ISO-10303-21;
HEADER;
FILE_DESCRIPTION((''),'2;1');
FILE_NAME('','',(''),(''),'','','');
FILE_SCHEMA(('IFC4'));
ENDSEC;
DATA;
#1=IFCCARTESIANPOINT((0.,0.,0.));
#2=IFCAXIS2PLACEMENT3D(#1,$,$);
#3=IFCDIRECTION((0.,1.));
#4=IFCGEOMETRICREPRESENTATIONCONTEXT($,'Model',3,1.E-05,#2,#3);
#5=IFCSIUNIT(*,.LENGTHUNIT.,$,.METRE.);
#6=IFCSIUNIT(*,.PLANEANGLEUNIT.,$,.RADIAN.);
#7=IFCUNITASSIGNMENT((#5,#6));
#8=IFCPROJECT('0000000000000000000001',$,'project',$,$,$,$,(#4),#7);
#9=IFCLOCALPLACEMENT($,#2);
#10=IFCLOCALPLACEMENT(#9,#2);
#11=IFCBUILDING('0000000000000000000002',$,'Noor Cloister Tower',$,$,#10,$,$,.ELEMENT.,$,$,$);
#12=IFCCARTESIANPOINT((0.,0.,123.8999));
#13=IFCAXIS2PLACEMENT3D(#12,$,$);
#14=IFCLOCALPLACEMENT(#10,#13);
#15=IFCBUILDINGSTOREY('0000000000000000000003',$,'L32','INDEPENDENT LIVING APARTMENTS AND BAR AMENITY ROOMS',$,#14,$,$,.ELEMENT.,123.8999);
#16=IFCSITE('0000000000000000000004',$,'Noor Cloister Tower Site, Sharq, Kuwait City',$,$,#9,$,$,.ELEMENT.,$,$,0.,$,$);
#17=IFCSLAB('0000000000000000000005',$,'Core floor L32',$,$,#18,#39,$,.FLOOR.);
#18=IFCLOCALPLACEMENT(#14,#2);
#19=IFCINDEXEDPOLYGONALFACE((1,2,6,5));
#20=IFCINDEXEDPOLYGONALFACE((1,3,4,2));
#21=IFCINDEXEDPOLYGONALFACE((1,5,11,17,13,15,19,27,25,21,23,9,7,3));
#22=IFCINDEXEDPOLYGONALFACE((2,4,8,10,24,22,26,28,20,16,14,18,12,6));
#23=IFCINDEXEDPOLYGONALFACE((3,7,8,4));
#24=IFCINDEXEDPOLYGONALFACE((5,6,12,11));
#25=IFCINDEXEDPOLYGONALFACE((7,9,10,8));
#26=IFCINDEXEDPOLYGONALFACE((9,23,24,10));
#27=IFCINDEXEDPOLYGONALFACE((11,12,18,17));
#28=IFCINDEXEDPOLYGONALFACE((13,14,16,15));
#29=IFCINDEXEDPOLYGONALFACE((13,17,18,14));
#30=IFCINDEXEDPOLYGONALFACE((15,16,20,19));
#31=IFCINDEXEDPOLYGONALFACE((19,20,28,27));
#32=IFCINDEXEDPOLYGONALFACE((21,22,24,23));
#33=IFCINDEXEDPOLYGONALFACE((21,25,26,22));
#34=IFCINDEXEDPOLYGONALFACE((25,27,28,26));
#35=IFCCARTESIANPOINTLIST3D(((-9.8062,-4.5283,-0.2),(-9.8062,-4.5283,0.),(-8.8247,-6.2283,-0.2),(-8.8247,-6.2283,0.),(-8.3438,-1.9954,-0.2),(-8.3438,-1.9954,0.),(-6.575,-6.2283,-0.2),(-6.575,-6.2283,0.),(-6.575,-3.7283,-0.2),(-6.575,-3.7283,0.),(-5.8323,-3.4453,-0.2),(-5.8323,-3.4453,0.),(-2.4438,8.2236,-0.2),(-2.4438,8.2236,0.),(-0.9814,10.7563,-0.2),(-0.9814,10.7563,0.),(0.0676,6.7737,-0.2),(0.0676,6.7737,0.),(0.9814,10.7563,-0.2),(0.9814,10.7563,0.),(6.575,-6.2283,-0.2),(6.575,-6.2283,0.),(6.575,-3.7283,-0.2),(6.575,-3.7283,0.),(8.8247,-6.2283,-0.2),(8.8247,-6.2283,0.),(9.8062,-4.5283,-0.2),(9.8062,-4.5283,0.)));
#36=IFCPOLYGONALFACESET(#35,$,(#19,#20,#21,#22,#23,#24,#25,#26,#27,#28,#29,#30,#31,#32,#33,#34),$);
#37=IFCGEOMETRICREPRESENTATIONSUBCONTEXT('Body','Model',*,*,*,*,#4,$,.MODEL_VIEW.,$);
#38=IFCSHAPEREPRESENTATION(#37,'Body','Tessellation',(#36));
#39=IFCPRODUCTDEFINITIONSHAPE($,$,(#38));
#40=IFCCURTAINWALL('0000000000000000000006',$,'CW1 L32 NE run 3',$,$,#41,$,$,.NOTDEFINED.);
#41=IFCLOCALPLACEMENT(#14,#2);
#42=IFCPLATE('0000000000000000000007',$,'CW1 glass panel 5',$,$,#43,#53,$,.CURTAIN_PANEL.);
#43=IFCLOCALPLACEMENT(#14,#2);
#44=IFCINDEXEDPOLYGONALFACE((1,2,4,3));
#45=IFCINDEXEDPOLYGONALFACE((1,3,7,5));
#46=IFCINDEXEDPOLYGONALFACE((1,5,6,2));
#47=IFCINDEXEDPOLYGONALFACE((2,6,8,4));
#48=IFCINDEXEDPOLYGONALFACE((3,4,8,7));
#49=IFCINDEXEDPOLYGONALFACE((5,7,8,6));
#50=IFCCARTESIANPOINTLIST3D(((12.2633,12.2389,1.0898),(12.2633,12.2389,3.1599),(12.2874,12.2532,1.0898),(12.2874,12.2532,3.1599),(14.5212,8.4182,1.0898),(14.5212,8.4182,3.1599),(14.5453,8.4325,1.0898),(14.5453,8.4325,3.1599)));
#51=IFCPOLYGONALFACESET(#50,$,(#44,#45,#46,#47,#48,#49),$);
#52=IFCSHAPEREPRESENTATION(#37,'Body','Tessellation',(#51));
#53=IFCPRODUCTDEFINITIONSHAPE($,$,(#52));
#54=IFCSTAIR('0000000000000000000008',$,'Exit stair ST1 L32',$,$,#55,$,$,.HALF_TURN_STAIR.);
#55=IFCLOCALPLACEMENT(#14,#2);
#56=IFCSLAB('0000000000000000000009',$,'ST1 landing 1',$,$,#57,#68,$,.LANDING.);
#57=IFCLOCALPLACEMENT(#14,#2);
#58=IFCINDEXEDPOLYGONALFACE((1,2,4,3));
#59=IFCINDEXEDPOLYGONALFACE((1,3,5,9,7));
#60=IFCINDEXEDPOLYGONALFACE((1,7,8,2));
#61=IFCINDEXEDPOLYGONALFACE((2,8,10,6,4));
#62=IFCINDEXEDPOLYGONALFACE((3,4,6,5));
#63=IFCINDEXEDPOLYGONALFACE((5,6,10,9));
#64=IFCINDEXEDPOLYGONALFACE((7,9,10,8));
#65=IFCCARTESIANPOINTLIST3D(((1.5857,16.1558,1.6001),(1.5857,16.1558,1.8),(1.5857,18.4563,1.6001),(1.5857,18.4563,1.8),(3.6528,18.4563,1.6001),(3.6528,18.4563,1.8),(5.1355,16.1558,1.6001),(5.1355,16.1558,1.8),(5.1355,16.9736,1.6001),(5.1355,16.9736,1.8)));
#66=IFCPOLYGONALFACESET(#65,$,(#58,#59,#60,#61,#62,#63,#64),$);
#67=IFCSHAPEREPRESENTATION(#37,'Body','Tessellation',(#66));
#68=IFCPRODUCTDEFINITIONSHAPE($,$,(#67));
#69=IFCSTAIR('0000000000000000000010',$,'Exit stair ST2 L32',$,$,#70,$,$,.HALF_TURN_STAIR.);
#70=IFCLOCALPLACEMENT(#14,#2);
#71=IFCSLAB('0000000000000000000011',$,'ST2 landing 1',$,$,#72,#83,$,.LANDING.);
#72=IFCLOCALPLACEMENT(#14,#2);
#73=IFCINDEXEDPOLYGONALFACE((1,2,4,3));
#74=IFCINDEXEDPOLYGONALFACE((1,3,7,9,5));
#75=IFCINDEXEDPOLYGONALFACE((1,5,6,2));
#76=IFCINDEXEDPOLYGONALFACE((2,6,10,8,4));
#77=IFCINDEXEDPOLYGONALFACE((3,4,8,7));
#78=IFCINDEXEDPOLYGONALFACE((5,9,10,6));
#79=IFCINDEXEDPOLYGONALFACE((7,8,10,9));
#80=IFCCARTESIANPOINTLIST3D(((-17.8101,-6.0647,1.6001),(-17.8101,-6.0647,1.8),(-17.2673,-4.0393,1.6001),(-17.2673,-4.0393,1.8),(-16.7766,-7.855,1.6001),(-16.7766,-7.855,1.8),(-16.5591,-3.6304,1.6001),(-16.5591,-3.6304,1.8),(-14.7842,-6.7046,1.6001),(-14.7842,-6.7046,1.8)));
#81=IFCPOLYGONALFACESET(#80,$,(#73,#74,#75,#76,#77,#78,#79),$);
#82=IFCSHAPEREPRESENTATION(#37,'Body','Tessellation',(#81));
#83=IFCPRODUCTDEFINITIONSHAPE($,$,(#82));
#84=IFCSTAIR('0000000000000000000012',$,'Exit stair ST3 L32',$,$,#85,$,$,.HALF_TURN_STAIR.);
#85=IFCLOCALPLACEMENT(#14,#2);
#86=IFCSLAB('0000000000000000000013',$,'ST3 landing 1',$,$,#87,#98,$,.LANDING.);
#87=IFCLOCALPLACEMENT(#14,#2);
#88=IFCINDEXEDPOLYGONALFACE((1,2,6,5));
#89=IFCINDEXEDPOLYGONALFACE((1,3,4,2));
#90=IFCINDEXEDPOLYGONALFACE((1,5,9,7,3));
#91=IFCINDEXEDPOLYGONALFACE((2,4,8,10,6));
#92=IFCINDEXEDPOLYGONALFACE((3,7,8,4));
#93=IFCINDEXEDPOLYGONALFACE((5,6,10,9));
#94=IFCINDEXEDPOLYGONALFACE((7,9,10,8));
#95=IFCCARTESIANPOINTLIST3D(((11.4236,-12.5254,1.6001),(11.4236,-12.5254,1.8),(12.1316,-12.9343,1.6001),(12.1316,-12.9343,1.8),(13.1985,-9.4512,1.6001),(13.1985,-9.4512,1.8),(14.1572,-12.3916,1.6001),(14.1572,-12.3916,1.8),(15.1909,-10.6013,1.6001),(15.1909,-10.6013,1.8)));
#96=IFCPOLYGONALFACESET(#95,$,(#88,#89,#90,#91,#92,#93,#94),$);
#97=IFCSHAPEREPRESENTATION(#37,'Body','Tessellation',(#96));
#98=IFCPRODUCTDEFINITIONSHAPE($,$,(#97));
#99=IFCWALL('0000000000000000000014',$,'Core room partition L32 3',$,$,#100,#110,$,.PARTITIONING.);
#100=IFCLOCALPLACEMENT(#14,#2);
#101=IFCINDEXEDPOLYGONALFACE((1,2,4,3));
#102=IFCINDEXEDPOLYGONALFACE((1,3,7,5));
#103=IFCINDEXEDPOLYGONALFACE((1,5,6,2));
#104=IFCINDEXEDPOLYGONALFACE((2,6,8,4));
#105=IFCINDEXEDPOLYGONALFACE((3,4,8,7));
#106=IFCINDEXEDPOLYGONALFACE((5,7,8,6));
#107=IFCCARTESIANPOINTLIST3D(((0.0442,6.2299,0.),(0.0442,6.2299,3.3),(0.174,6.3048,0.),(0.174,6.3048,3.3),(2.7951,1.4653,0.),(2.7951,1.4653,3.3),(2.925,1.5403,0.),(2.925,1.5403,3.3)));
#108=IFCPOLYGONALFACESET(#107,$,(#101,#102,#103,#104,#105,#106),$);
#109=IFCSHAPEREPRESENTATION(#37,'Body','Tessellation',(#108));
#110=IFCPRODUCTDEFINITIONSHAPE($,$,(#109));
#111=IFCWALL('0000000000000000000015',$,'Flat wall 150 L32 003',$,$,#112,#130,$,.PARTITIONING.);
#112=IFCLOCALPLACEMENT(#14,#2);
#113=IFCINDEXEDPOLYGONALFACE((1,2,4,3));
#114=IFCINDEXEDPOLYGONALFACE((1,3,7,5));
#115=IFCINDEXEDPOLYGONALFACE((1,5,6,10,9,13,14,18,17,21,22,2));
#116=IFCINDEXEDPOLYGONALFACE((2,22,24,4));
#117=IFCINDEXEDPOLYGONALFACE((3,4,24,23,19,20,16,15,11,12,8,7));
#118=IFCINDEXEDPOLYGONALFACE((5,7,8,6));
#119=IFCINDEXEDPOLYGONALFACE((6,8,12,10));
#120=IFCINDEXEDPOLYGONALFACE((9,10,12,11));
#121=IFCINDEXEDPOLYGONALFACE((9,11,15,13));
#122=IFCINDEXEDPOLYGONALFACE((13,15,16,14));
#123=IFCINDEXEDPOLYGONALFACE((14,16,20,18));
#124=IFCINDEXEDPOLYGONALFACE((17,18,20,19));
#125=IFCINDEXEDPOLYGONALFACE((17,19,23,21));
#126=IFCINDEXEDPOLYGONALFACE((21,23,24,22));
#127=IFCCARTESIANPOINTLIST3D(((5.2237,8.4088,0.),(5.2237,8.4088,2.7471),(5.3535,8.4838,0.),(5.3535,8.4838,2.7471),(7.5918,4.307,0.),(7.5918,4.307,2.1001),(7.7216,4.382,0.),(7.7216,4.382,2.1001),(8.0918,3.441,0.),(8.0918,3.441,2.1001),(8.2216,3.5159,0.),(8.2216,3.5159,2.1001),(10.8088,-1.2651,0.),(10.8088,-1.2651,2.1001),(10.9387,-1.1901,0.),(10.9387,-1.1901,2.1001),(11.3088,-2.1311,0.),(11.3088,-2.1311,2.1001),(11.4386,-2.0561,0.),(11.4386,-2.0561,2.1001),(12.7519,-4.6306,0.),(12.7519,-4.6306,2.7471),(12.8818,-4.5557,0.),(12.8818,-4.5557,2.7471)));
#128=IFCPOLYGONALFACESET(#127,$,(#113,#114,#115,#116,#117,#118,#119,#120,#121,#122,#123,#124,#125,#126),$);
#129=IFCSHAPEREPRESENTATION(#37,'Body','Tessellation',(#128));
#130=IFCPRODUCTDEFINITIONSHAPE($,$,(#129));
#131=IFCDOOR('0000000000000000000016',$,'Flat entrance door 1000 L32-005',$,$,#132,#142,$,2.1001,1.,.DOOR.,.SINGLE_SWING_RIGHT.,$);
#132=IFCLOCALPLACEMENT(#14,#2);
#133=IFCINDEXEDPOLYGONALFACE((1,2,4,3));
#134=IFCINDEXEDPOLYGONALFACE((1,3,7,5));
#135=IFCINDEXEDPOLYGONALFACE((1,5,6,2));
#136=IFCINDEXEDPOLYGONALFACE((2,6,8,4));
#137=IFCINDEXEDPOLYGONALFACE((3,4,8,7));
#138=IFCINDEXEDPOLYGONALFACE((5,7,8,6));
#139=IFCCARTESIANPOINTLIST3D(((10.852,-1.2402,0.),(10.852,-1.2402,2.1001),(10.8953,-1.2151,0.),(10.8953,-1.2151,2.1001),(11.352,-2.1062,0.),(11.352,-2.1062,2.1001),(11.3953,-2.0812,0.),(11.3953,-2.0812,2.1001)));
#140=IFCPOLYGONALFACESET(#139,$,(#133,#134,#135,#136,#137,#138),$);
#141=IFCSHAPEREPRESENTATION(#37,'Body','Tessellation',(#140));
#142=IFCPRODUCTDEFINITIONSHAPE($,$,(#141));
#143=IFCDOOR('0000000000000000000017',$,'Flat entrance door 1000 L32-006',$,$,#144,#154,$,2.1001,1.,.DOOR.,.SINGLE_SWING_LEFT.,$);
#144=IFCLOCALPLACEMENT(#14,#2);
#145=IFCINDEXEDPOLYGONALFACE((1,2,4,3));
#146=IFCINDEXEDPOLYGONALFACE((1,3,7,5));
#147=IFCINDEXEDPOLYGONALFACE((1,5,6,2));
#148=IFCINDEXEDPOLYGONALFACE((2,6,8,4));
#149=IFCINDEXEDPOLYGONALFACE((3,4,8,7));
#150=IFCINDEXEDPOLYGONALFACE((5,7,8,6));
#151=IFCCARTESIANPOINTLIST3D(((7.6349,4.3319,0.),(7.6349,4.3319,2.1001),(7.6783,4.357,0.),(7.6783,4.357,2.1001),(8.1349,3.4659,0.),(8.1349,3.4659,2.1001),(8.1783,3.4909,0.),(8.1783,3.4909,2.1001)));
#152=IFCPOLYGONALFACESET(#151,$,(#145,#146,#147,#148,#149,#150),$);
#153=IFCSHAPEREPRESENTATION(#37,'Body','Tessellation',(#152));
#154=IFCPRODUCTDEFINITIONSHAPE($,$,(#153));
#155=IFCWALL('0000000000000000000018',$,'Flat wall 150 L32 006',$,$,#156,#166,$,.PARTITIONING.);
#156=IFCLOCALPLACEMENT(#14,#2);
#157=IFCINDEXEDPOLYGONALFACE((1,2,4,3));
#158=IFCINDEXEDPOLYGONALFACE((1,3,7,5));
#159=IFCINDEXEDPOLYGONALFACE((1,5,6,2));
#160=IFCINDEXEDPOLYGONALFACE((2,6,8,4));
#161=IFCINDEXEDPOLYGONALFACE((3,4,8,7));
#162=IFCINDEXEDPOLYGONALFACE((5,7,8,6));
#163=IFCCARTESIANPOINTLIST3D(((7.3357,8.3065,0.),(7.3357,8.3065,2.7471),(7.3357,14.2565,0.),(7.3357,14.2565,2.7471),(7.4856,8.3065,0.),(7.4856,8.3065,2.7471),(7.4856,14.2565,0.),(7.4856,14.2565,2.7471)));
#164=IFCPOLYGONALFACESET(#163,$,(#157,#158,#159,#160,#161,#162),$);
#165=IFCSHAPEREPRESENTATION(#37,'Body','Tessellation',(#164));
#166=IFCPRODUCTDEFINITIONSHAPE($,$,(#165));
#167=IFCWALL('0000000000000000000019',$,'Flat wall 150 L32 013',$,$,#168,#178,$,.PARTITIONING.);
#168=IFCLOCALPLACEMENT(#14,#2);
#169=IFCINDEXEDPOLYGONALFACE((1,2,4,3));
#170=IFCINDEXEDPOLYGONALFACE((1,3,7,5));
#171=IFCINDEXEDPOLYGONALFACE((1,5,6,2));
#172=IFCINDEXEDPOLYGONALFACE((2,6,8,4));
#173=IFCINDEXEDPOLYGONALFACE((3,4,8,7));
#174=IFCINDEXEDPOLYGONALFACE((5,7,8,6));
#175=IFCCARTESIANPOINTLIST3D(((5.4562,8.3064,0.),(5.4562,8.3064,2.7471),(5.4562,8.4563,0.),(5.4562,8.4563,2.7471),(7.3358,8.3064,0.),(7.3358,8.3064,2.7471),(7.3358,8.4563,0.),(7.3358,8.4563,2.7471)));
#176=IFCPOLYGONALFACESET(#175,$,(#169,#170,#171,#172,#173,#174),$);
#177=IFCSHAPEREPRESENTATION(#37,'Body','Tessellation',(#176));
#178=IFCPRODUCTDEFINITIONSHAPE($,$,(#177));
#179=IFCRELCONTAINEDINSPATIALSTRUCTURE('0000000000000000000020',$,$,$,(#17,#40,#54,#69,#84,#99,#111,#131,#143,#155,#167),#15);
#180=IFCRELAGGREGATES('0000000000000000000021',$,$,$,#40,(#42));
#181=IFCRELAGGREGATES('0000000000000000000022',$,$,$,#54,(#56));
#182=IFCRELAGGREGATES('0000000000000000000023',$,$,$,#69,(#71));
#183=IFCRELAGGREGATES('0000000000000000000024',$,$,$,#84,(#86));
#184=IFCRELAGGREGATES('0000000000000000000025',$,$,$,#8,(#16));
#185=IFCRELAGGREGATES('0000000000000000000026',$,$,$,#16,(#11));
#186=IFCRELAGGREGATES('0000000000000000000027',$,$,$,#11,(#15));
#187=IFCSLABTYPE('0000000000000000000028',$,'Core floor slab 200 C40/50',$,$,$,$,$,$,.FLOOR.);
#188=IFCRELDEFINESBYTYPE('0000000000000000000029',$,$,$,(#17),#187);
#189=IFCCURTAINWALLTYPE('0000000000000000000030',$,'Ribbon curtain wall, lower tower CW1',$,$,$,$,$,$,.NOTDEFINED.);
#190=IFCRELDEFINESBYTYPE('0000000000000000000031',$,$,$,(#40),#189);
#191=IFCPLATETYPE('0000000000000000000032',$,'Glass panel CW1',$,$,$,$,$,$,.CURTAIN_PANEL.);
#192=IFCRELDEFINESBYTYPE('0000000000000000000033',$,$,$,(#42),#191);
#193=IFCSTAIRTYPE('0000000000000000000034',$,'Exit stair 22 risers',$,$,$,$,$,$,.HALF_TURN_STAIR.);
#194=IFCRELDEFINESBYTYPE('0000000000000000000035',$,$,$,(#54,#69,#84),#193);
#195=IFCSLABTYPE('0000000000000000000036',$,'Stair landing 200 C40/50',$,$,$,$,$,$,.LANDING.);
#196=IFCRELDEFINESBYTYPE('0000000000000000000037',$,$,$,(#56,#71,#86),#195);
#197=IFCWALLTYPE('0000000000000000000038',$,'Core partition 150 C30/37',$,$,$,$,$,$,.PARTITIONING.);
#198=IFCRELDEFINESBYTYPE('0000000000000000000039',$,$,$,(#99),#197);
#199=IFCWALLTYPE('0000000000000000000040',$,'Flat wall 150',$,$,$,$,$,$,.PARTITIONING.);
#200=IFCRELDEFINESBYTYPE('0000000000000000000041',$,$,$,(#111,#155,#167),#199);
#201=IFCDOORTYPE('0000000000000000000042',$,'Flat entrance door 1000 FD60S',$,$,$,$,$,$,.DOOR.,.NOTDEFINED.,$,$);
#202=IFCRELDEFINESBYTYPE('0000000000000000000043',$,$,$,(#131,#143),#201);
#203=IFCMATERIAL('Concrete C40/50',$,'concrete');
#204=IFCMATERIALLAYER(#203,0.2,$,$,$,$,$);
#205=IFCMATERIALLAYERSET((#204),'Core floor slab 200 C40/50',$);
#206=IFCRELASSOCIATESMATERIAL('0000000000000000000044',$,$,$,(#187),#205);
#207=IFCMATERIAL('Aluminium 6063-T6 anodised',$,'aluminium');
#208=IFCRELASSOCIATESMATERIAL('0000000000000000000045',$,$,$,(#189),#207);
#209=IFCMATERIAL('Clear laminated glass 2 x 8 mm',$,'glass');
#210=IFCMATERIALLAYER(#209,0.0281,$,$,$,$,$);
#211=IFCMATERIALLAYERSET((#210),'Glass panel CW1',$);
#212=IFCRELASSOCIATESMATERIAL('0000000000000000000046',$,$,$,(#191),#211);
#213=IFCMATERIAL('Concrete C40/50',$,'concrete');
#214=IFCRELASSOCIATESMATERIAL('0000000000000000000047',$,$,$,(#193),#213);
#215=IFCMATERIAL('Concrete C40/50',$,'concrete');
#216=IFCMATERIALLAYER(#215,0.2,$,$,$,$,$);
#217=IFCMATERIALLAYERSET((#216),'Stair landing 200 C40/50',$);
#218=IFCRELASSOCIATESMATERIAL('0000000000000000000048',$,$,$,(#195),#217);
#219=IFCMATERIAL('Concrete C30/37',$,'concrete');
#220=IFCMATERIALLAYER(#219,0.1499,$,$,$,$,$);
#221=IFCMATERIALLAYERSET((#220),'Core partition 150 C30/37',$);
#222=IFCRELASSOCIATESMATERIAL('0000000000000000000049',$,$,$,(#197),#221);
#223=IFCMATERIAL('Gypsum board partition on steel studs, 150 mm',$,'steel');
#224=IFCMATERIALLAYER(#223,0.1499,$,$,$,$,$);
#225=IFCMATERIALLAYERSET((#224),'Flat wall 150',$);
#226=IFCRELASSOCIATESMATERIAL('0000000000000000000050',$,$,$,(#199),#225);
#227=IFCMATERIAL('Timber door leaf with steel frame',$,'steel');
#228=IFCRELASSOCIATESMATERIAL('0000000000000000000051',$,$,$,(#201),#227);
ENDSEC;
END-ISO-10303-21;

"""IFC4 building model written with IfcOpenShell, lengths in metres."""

from ifc_helpers import new_model, si_unit, direction, frame, frame_2d, origin, origin_2d, place, context, subcontext, project, spatial, polyline, rectangle, outline, extrude, material, layer, layer_set, type_object, element, fill, aggregate, save


model = new_model("IFC4")

# Units and contexts
model_context = context("Model", 3, precision=1e-05, world=origin(), true_north=direction((0.0, 1.0)))
body_context = subcontext(model_context, "Body", "Model", "MODEL_VIEW")
ifc_project = project(units=[si_unit("LENGTHUNIT", "METRE"), si_unit("PLANEANGLEUNIT", "RADIAN")], contexts=[model_context])

# Site, building, storey
site_placement = place(None, origin())
site = spatial("IfcSite", under=ifc_project, at=site_placement, Name="Noor Cloister Tower Site, Sharq, Kuwait City", CompositionType="ELEMENT", RefElevation=0.0)
building_placement = place(site_placement, origin())
building = spatial("IfcBuilding", under=site, at=building_placement, Name="Noor Cloister Tower", CompositionType="ELEMENT")
storey_placement = place(building_placement, frame((0.0, 0.0, 123.8999)))
storey = spatial("IfcBuildingStorey", under=building, at=storey_placement, Name="L32", Description="INDEPENDENT LIVING APARTMENTS AND BAR AMENITY ROOMS", CompositionType="ELEMENT", Elevation=123.8999)

# Slab
ifc_material_1 = material(Name="Concrete C40/50", Category="concrete")
ifc_layer_1 = layer(ifc_material_1, 0.2)
ifc_layer_set_1 = layer_set([ifc_layer_1], Name="Core floor slab 200 C40/50")
slab_type_1 = type_object("IfcSlabType", Name="Core floor slab 200 C40/50", PredefinedType="FLOOR", material=ifc_layer_set_1)
slab_1_placement = place(storey_placement, frame((0.0, 0.0, -0.2)))
element("IfcSlab", 1, at=slab_1_placement, inside=storey, type_object=slab_type_1, Name="Core floor L32", PredefinedType="FLOOR", context=body_context, shape_type="SweptSolid", body=[
    extrude(outline(polyline([(-6.575, -6.2283), (-6.575, -3.7283), (6.575, -3.7283), (6.575, -6.2283), (8.8247, -6.2283), (9.8062, -4.5283), (0.9814, 10.7563), (-0.9814, 10.7563), (-2.4438, 8.2236), (0.0676, 6.7737), (-5.8323, -3.4453), (-8.3438, -1.9954), (-9.8062, -4.5283), (-8.8247, -6.2283), (-6.575, -6.2283)])), origin(), (0.0, 0.0, 1.0), 0.2),
])

# Curtain wall, plate
ifc_material_2 = material(Name="Aluminium 6063-T6 anodised", Category="aluminium")
curtain_wall_type = type_object("IfcCurtainWallType", Name="Ribbon curtain wall, lower tower CW1", PredefinedType="NOTDEFINED", material=ifc_material_2)
curtain_wall_placement = place(storey_placement, origin())
curtain_wall = element("IfcCurtainWall", 2, at=curtain_wall_placement, inside=storey, type_object=curtain_wall_type, Name="CW1 L32 NE run 3", PredefinedType="NOTDEFINED")
ifc_material_3 = material(Name="Clear laminated glass 2 x 8 mm", Category="glass")
ifc_layer_2 = layer(ifc_material_3, 0.0281)
ifc_layer_set_2 = layer_set([ifc_layer_2], Name="Glass panel CW1")
plate_type = type_object("IfcPlateType", Name="Glass panel CW1", PredefinedType="CURTAIN_PANEL", material=ifc_layer_set_2)
plate_placement = place(storey_placement, frame((13.4043, 10.3357, 1.0898), z_axis=(0.0, 0.0, 1.0), x_axis=(-0.508762, 0.860907, 0.0)))
plate = element("IfcPlate", 3, at=plate_placement, type_object=plate_type, Name="CW1 glass panel 5", PredefinedType="CURTAIN_PANEL", context=body_context, shape_type="SweptSolid", body=[
    extrude(rectangle(XDim=4.438, YDim=0.0281, at=origin_2d()), origin(), (0.0, 0.0, 1.0), 2.0701),
])
aggregate(curtain_wall, [plate])

# Stairs, slabs
ifc_material_4 = material(Name="Concrete C40/50", Category="concrete")
stair_type = type_object("IfcStairType", Name="Exit stair 22 risers", PredefinedType="HALF_TURN_STAIR", material=ifc_material_4)
stair_1_placement = place(storey_placement, origin())
stair_1 = element("IfcStair", 4, at=stair_1_placement, inside=storey, type_object=stair_type, Name="Exit stair ST1 L32", PredefinedType="HALF_TURN_STAIR")
ifc_material_5 = material(Name="Concrete C40/50", Category="concrete")
ifc_layer_3 = layer(ifc_material_5, 0.2)
ifc_layer_set_3 = layer_set([ifc_layer_3], Name="Stair landing 200 C40/50")
slab_type_2 = type_object("IfcSlabType", Name="Stair landing 200 C40/50", PredefinedType="LANDING", material=ifc_layer_set_3)
slab_2_placement = place(storey_placement, frame((0.0, 0.0, 1.6001)))
slab_2 = element("IfcSlab", 5, at=slab_2_placement, type_object=slab_type_2, Name="ST1 landing 1", PredefinedType="LANDING", context=body_context, shape_type="SweptSolid", body=[
    extrude(outline(polyline([(5.1355, 16.1558), (5.1355, 16.9736), (3.6528, 18.4563), (1.5857, 18.4563), (1.5857, 16.1558), (5.1355, 16.1558)])), origin(), (0.0, 0.0, 1.0), 0.2),
])
aggregate(stair_1, [slab_2])
stair_2_placement = place(storey_placement, origin())
stair_2 = element("IfcStair", 6, at=stair_2_placement, inside=storey, type_object=stair_type, Name="Exit stair ST2 L32", PredefinedType="HALF_TURN_STAIR")
slab_3_placement = place(storey_placement, frame((0.0, 0.0, 1.6001)))
slab_3 = element("IfcSlab", 7, at=slab_3_placement, type_object=slab_type_2, Name="ST2 landing 1", PredefinedType="LANDING", context=body_context, shape_type="SweptSolid", body=[
    extrude(outline(polyline([(-16.5591, -3.6304), (-17.2673, -4.0393), (-17.8101, -6.0647), (-16.7766, -7.855), (-14.7842, -6.7046), (-16.5591, -3.6304)])), origin(), (0.0, 0.0, 1.0), 0.2),
])
aggregate(stair_2, [slab_3])
stair_3_placement = place(storey_placement, origin())
stair_3 = element("IfcStair", 8, at=stair_3_placement, inside=storey, type_object=stair_type, Name="Exit stair ST3 L32", PredefinedType="HALF_TURN_STAIR")
slab_4_placement = place(storey_placement, frame((0.0, 0.0, 1.6001)))
slab_4 = element("IfcSlab", 9, at=slab_4_placement, type_object=slab_type_2, Name="ST3 landing 1", PredefinedType="LANDING", context=body_context, shape_type="SweptSolid", body=[
    extrude(outline(polyline([(11.4236, -12.5254), (12.1316, -12.9343), (14.1572, -12.3916), (15.1909, -10.6013), (13.1985, -9.4512), (11.4236, -12.5254)])), origin(), (0.0, 0.0, 1.0), 0.2),
])
aggregate(stair_3, [slab_4])

# Wall
ifc_material_6 = material(Name="Concrete C30/37", Category="concrete")
ifc_layer_4 = layer(ifc_material_6, 0.1499)
ifc_layer_set_4 = layer_set([ifc_layer_4], Name="Core partition 150 C30/37")
wall_type_1 = type_object("IfcWallType", Name="Core partition 150 C30/37", PredefinedType="PARTITIONING", material=ifc_layer_set_4)
wall_1_placement = place(storey_placement, frame((2.8601, 1.5027, 0.0), z_axis=(0.0, 0.0, 1.0), x_axis=(-0.500014, 0.866017, 0.0)))
element("IfcWall", 10, at=wall_1_placement, inside=storey, type_object=wall_type_1, Name="Core room partition L32 3", PredefinedType="PARTITIONING", context=body_context, shape_type="SweptSolid", body=[
    extrude(rectangle(XDim=5.5017, YDim=0.1499, at=frame_2d((2.751, 0.0))), origin(), (0.0, 0.0, 1.0), 3.3),
])

# Wall, openings, doors
ifc_material_7 = material(Name="Gypsum board partition on steel studs, 150 mm", Category="steel")
ifc_layer_5 = layer(ifc_material_7, 0.1499)
ifc_layer_set_5 = layer_set([ifc_layer_5], Name="Flat wall 150")
wall_type_2 = type_object("IfcWallType", Name="Flat wall 150", PredefinedType="PARTITIONING", material=ifc_layer_set_5)
wall_2_placement = place(storey_placement, frame((5.2886, 8.4463, 0.0), z_axis=(0.0, 0.0, 1.0), x_axis=(0.499997, -0.866027, 0.0)))
wall_2 = element("IfcWall", 11, at=wall_2_placement, inside=storey, type_object=wall_type_2, Name="Flat wall 150 L32 003", PredefinedType="PARTITIONING", context=body_context, shape_type="SweptSolid", body=[
    extrude(rectangle(XDim=15.0566, YDim=0.1499, at=frame_2d((7.5283, 0.0))), origin(), (0.0, 0.0, 1.0), 2.7471),
])
opening_1_placement = place(wall_2_placement, frame((11.1704, 0.0, 0.0)))
opening_1 = element("IfcOpeningElement", 12, at=opening_1_placement, cuts=wall_2, PredefinedType="OPENING", context=body_context, shape_type="SweptSolid", body=[
    extrude(rectangle(XDim=1.0, YDim=2.1001, at=frame_2d((0.5, 1.05))), frame((0.0, 0.085, 0.0), z_axis=(0.0, -1.0, 0.0), x_axis=(1.0, 0.0, 0.0)), (0.0, 0.0, 1.0), 0.1699),
])
opening_2_placement = place(wall_2_placement, frame((4.7363, 0.0, 0.0)))
opening_2 = element("IfcOpeningElement", 13, at=opening_2_placement, cuts=wall_2, PredefinedType="OPENING", context=body_context, shape_type="SweptSolid", body=[
    extrude(rectangle(XDim=1.0, YDim=2.1001, at=frame_2d((0.5, 1.05))), frame((0.0, 0.085, 0.0), z_axis=(0.0, -1.0, 0.0), x_axis=(1.0, 0.0, 0.0)), (0.0, 0.0, 1.0), 0.1699),
])
ifc_material_8 = material(Name="Timber door leaf with steel frame", Category="steel")
door_type_1 = type_object("IfcDoorType", Name="Flat entrance door 1000 FD60S", OperationType="NOTDEFINED", PredefinedType="DOOR", material=ifc_material_8)
door_1_placement = place(opening_1_placement, origin())
door_1 = element("IfcDoor", 14, at=door_1_placement, inside=storey, type_object=door_type_1, Name="Flat entrance door 1000 L32-005", OperationType="SINGLE_SWING_RIGHT", OverallHeight=2.1001, OverallWidth=1.0, PredefinedType="DOOR", context=body_context, shape_type="SweptSolid", body=[
    extrude(rectangle(XDim=1.0, YDim=2.1001, at=frame_2d((0.5, 1.05))), frame((0.0, 0.0249, 0.0), z_axis=(0.0, -1.0, 0.0), x_axis=(1.0, 0.0, 0.0)), (0.0, 0.0, 1.0), 0.05),
])
fill(opening_1, door_1)
door_2_placement = place(opening_2_placement, origin())
door_2 = element("IfcDoor", 15, at=door_2_placement, inside=storey, type_object=door_type_1, Name="Flat entrance door 1000 L32-006", OperationType="SINGLE_SWING_LEFT", OverallHeight=2.1001, OverallWidth=1.0, PredefinedType="DOOR", context=body_context, shape_type="SweptSolid", body=[
    extrude(rectangle(XDim=1.0, YDim=2.1001, at=frame_2d((0.5, 1.05))), frame((0.0, 0.0249, 0.0), z_axis=(0.0, -1.0, 0.0), x_axis=(1.0, 0.0, 0.0)), (0.0, 0.0, 1.0), 0.05),
])
fill(opening_2, door_2)

# Walls
wall_3_placement = place(storey_placement, frame((7.4106, 8.3064, 0.0), z_axis=(0.0, 0.0, 1.0), x_axis=(0.0, 1.0, 0.0)))
element("IfcWall", 16, at=wall_3_placement, inside=storey, type_object=wall_type_2, Name="Flat wall 150 L32 006", PredefinedType="PARTITIONING", context=body_context, shape_type="SweptSolid", body=[
    extrude(rectangle(XDim=5.95, YDim=0.1499, at=frame_2d((2.9751, 0.0))), origin(), (0.0, 0.0, 1.0), 2.7471),
])
wall_4_placement = place(storey_placement, frame((5.4561, 8.3813, 0.0), z_axis=(0.0, 0.0, 1.0), x_axis=(1.0, 0.0, 0.0)))
element("IfcWall", 17, at=wall_4_placement, inside=storey, type_object=wall_type_2, Name="Flat wall 150 L32 013", PredefinedType="PARTITIONING", context=body_context, shape_type="SweptSolid", body=[
    extrude(rectangle(XDim=1.8796, YDim=0.1499, at=frame_2d((0.9399, 0.0))), origin(), (0.0, 0.0, 1.0), 2.7471),
])

save(model, "model.ifc")
